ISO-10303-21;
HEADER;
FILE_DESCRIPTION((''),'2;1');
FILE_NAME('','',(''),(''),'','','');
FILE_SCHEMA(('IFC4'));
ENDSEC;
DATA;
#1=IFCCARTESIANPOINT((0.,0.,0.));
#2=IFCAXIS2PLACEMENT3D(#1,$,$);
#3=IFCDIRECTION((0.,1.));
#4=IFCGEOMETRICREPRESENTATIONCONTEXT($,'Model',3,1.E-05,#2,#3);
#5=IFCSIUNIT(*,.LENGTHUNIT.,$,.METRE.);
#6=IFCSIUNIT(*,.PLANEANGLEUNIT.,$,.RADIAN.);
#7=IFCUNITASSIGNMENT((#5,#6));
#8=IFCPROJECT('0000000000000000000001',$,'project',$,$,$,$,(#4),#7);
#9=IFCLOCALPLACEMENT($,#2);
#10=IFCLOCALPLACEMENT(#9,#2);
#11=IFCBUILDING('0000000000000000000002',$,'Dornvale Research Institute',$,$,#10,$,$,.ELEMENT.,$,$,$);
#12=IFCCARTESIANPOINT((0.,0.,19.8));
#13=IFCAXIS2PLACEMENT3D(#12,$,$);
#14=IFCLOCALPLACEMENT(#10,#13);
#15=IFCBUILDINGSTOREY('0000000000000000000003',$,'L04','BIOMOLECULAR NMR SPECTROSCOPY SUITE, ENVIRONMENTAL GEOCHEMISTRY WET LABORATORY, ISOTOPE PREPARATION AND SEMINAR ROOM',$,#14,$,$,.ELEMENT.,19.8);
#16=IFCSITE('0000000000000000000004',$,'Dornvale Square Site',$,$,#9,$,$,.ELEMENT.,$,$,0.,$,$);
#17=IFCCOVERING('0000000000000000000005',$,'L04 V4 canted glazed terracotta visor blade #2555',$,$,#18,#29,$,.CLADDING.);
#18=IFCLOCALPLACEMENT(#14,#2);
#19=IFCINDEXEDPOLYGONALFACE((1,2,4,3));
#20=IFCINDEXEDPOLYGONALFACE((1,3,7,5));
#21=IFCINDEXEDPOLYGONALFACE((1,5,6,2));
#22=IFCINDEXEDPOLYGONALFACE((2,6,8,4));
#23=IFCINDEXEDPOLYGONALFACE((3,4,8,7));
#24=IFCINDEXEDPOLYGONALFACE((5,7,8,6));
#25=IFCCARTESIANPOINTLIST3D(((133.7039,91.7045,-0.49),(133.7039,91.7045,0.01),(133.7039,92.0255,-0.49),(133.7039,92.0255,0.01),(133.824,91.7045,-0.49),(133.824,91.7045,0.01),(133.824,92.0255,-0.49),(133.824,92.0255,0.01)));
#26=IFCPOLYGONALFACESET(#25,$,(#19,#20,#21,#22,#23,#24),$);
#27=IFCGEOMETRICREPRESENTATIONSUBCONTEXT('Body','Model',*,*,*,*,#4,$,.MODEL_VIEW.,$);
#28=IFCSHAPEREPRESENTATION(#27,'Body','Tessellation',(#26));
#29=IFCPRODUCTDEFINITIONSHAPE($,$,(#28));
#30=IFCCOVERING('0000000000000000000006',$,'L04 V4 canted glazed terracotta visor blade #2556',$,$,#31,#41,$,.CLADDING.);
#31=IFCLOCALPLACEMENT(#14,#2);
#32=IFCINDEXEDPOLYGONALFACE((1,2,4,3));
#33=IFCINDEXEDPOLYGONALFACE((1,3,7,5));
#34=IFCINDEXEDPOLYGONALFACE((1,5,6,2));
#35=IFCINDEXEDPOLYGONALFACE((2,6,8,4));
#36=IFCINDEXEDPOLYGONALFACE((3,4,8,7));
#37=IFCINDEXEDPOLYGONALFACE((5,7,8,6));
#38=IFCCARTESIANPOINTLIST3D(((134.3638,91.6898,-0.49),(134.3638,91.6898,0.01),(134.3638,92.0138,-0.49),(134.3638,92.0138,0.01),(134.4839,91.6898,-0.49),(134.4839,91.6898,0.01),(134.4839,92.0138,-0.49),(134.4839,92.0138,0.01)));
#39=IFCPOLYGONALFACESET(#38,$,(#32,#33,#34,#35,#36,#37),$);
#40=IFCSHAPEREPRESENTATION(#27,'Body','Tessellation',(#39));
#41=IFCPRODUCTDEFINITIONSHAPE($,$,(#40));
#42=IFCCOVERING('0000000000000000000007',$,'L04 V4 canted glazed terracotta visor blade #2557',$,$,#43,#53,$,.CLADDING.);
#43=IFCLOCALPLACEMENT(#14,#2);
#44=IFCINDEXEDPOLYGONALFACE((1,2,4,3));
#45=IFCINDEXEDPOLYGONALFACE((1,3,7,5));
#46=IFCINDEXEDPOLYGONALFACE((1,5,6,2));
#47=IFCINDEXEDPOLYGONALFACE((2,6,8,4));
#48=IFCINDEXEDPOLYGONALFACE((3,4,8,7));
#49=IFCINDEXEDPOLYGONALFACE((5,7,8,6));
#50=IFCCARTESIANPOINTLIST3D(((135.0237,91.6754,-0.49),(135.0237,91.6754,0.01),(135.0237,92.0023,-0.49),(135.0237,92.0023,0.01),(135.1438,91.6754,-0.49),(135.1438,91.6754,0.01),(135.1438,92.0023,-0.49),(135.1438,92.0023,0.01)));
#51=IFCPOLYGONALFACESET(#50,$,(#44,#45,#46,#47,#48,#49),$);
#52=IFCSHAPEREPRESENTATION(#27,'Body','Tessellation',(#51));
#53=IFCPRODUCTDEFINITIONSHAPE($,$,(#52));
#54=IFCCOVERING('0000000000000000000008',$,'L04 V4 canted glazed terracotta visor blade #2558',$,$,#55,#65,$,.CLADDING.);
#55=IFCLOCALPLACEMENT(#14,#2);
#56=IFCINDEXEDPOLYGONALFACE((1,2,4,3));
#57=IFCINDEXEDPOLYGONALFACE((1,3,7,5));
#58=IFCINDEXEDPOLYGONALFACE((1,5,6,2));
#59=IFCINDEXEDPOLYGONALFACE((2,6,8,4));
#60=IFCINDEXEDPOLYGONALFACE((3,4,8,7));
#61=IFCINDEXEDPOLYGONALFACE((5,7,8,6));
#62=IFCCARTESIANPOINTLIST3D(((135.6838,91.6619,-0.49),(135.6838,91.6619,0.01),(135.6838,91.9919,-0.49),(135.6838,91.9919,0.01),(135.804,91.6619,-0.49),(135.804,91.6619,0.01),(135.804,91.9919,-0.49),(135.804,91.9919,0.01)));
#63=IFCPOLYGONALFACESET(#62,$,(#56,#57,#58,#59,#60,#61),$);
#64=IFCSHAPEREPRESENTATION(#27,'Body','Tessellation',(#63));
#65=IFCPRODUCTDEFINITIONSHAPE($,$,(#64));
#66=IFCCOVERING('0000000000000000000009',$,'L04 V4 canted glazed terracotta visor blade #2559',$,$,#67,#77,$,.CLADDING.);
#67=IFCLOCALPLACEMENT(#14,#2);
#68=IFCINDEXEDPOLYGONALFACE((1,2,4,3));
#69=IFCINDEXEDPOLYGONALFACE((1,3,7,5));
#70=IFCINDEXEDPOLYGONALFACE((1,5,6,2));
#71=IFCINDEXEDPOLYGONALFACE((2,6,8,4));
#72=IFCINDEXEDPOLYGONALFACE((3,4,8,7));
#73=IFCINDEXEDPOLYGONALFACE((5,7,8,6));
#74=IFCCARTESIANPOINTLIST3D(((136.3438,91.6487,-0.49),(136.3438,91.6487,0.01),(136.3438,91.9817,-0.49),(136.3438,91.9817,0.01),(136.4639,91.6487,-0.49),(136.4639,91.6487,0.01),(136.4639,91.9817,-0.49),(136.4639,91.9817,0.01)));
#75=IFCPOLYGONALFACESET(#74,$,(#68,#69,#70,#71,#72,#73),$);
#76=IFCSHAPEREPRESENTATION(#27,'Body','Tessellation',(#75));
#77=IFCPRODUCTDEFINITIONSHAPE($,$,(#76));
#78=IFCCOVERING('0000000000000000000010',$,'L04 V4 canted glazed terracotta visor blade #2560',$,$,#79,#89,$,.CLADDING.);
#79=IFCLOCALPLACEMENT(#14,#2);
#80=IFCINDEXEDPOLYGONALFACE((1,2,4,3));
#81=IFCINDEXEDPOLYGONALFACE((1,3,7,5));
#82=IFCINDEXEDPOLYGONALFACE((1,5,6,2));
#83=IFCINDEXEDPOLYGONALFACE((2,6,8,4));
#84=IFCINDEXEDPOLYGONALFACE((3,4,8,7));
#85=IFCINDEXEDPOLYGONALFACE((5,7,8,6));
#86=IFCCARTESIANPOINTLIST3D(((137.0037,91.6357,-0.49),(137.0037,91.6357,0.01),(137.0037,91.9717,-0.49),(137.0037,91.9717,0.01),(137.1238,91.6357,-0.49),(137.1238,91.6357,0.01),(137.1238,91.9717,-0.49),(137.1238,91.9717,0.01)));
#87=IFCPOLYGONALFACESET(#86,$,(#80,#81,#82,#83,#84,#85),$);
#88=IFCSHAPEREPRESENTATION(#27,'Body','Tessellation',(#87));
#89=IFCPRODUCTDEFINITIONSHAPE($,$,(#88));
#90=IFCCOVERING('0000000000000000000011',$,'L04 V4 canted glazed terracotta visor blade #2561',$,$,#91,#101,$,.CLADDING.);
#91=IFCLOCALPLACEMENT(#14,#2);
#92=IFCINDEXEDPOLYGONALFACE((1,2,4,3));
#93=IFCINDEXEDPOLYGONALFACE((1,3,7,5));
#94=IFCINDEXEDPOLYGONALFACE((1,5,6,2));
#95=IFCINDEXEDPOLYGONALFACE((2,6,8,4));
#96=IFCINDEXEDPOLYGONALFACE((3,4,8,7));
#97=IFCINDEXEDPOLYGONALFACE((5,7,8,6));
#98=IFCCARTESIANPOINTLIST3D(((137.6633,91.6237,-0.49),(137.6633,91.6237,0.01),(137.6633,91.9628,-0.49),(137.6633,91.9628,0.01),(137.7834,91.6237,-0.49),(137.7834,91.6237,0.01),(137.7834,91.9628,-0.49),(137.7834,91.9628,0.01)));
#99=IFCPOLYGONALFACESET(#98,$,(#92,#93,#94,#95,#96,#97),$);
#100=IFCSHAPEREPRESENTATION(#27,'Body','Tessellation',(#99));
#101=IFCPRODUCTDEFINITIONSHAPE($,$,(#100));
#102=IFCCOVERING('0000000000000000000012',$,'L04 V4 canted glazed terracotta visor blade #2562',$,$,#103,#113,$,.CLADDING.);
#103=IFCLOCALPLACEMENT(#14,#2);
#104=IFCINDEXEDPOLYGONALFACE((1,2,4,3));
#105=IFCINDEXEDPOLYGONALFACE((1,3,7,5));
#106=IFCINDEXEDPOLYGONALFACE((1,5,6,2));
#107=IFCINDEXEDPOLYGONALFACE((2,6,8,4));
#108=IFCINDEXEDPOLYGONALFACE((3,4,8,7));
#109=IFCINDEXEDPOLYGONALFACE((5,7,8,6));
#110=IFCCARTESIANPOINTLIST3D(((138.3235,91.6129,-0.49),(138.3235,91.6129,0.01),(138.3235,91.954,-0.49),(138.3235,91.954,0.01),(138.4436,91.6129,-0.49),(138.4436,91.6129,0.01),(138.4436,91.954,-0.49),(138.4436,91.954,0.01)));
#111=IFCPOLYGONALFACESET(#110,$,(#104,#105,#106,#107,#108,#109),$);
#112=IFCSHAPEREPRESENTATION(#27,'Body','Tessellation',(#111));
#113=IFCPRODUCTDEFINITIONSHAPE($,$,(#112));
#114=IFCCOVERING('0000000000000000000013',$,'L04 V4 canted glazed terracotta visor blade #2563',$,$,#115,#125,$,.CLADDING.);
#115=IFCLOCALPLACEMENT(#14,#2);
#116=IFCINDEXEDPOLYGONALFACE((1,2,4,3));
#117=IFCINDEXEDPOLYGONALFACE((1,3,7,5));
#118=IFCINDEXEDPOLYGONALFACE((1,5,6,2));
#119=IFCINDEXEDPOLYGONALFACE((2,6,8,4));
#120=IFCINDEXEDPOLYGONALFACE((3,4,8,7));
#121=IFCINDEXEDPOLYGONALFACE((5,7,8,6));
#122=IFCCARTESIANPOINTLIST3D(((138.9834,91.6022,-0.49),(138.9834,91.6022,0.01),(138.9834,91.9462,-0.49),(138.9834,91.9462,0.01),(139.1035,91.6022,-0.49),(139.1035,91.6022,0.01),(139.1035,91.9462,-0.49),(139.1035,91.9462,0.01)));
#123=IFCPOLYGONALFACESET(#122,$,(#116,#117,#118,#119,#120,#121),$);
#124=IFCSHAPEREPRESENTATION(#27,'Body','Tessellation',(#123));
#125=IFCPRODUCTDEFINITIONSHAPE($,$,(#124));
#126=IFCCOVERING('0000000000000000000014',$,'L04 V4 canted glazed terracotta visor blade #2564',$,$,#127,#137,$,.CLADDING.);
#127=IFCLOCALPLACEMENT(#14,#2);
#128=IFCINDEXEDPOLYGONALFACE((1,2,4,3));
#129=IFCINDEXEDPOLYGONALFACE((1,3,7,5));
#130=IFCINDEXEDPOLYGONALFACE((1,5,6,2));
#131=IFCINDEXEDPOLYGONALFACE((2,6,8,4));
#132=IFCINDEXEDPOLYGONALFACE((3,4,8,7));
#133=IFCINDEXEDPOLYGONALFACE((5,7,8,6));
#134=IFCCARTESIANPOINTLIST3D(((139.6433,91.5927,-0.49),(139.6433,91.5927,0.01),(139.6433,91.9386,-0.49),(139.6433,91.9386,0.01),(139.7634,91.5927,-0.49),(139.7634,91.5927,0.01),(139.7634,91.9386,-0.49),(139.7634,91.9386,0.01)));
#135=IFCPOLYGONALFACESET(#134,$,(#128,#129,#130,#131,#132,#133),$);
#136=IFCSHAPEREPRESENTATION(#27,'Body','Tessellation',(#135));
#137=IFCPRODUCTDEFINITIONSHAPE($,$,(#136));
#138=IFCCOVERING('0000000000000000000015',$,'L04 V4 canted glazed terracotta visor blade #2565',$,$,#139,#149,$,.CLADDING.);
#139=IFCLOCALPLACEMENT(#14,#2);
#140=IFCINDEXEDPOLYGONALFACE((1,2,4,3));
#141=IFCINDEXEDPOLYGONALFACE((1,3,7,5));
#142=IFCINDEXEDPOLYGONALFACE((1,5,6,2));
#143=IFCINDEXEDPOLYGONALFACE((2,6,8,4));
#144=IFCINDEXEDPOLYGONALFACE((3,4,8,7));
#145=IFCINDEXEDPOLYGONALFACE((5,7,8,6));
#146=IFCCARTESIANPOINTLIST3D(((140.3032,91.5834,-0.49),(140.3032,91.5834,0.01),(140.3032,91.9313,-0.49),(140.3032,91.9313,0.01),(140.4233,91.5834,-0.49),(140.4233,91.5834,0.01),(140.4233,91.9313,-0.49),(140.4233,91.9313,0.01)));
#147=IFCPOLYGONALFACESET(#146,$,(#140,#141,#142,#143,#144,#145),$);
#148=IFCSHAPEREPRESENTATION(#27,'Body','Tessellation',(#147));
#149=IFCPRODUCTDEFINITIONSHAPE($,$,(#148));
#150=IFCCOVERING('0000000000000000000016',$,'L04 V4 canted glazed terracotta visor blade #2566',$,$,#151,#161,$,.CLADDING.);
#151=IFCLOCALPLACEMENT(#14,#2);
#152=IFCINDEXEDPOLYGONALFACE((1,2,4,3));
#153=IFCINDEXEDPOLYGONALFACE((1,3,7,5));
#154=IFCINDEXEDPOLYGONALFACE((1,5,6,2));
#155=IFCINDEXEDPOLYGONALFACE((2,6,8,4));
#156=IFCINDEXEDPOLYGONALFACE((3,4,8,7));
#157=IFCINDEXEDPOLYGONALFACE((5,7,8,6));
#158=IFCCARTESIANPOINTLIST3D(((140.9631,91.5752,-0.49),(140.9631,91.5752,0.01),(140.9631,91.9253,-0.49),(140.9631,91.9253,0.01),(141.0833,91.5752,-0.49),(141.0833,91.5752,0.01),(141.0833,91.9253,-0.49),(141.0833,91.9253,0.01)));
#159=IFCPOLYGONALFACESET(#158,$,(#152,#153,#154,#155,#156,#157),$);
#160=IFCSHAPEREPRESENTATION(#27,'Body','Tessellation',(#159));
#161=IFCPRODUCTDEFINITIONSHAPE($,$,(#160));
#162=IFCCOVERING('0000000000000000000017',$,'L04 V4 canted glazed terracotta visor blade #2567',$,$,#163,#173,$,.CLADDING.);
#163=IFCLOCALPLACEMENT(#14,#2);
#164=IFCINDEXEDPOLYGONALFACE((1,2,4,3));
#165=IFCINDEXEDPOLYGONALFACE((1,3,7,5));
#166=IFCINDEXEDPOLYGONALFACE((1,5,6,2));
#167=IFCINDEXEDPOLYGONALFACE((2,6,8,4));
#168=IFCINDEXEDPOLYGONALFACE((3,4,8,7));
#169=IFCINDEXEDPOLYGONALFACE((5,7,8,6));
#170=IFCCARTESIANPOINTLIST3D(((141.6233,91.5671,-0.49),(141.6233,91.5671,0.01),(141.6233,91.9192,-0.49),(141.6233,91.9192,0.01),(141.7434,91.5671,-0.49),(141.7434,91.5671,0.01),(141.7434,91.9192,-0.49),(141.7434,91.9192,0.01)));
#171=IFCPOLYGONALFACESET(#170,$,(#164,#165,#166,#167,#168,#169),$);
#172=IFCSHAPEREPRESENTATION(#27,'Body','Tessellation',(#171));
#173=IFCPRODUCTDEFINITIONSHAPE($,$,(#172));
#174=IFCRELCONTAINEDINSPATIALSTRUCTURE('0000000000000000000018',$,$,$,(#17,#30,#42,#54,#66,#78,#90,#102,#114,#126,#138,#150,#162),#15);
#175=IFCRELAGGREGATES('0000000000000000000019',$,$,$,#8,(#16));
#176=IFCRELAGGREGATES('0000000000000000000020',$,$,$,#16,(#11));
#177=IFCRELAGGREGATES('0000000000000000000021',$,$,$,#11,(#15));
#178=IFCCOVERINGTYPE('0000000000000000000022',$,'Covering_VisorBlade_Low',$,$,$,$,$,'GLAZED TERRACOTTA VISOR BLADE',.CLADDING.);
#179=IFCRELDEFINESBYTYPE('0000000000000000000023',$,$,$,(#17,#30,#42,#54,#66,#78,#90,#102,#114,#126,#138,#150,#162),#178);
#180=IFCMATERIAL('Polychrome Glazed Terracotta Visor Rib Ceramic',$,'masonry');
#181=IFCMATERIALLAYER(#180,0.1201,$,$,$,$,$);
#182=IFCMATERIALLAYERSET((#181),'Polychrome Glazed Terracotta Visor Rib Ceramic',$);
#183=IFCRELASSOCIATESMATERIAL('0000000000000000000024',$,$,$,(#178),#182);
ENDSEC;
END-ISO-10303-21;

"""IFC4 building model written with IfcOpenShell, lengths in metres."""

from ifc_helpers import new_model, si_unit, direction, frame, origin, origin_2d, place, context, subcontext, project, spatial, rectangle, extrude, material, layer, layer_set, type_object, element, save


model = new_model("IFC4")

# Units and contexts
model_context = context("Model", 3, precision=1e-05, world=origin(), true_north=direction((0.0, 1.0)))
body_context = subcontext(model_context, "Body", "Model", "MODEL_VIEW")
ifc_project = project(units=[si_unit("LENGTHUNIT", "METRE"), si_unit("PLANEANGLEUNIT", "RADIAN")], contexts=[model_context])

# Site, building, storey
site_placement = place(None, origin())
site = spatial("IfcSite", under=ifc_project, at=site_placement, Name="Dornvale Square Site", CompositionType="ELEMENT", RefElevation=0.0)
building_placement = place(site_placement, origin())
building = spatial("IfcBuilding", under=site, at=building_placement, Name="Dornvale Research Institute", CompositionType="ELEMENT")
storey_placement = place(building_placement, frame((0.0, 0.0, 19.8)))
storey = spatial("IfcBuildingStorey", under=building, at=storey_placement, Name="L04", Description="BIOMOLECULAR NMR SPECTROSCOPY SUITE, ENVIRONMENTAL GEOCHEMISTRY WET LABORATORY, ISOTOPE PREPARATION AND SEMINAR ROOM", CompositionType="ELEMENT", Elevation=19.8)

# Coverings
ifc_material = material(Name="Polychrome Glazed Terracotta Visor Rib Ceramic", Category="masonry")
ifc_layer = layer(ifc_material, 0.1201)
ifc_layer_set = layer_set([ifc_layer], Name="Polychrome Glazed Terracotta Visor Rib Ceramic")
covering_type = type_object("IfcCoveringType", Name="Covering_VisorBlade_Low", ElementType="GLAZED TERRACOTTA VISOR BLADE", PredefinedType="CLADDING", material=ifc_layer_set)
covering_1_placement = place(storey_placement, frame((133.7639, 91.865, -0.49), z_axis=(0.0, 0.0, 1.0), x_axis=(0.0, 1.0, 0.0)))
element("IfcCovering", 1, at=covering_1_placement, inside=storey, type_object=covering_type, Name="L04 V4 canted glazed terracotta visor blade #2555", PredefinedType="CLADDING", context=body_context, shape_type="SweptSolid", body=[
    extrude(rectangle(XDim=0.321, YDim=0.1201, at=origin_2d()), origin(), (0.0, 0.0, 1.0), 0.5),
])
covering_2_placement = place(storey_placement, frame((134.4238, 91.8518, -0.49), z_axis=(0.0, 0.0, 1.0), x_axis=(0.0, 1.0, 0.0)))
element("IfcCovering", 2, at=covering_2_placement, inside=storey, type_object=covering_type, Name="L04 V4 canted glazed terracotta visor blade #2556", PredefinedType="CLADDING", context=body_context, shape_type="SweptSolid", body=[
    extrude(rectangle(XDim=0.324, YDim=0.1201, at=origin_2d()), origin(), (0.0, 0.0, 1.0), 0.5),
])
covering_3_placement = place(storey_placement, frame((135.0837, 91.8389, -0.49), z_axis=(0.0, 0.0, 1.0), x_axis=(0.0, 1.0, 0.0)))
element("IfcCovering", 3, at=covering_3_placement, inside=storey, type_object=covering_type, Name="L04 V4 canted glazed terracotta visor blade #2557", PredefinedType="CLADDING", context=body_context, shape_type="SweptSolid", body=[
    extrude(rectangle(XDim=0.3269, YDim=0.1201, at=origin_2d()), origin(), (0.0, 0.0, 1.0), 0.5),
])
covering_4_placement = place(storey_placement, frame((135.7439, 91.8269, -0.49), z_axis=(0.0, 0.0, 1.0), x_axis=(0.0, 1.0, 0.0)))
element("IfcCovering", 4, at=covering_4_placement, inside=storey, type_object=covering_type, Name="L04 V4 canted glazed terracotta visor blade #2558", PredefinedType="CLADDING", context=body_context, shape_type="SweptSolid", body=[
    extrude(rectangle(XDim=0.3301, YDim=0.1201, at=origin_2d()), origin(), (0.0, 0.0, 1.0), 0.5),
])
covering_5_placement = place(storey_placement, frame((136.4038, 91.8152, -0.49), z_axis=(0.0, 0.0, 1.0), x_axis=(0.0, 1.0, 0.0)))
element("IfcCovering", 5, at=covering_5_placement, inside=storey, type_object=covering_type, Name="L04 V4 canted glazed terracotta visor blade #2559", PredefinedType="CLADDING", context=body_context, shape_type="SweptSolid", body=[
    extrude(rectangle(XDim=0.333, YDim=0.1201, at=origin_2d()), origin(), (0.0, 0.0, 1.0), 0.5),
])
covering_6_placement = place(storey_placement, frame((137.0637, 91.8037, -0.49), z_axis=(0.0, 0.0, 1.0), x_axis=(0.0, 1.0, 0.0)))
element("IfcCovering", 6, at=covering_6_placement, inside=storey, type_object=covering_type, Name="L04 V4 canted glazed terracotta visor blade #2560", PredefinedType="CLADDING", context=body_context, shape_type="SweptSolid", body=[
    extrude(rectangle(XDim=0.3359, YDim=0.1201, at=origin_2d()), origin(), (0.0, 0.0, 1.0), 0.5),
])
covering_7_placement = place(storey_placement, frame((137.7234, 91.7932, -0.49), z_axis=(0.0, 0.0, 1.0), x_axis=(0.0, 1.0, 0.0)))
element("IfcCovering", 7, at=covering_7_placement, inside=storey, type_object=covering_type, Name="L04 V4 canted glazed terracotta visor blade #2561", PredefinedType="CLADDING", context=body_context, shape_type="SweptSolid", body=[
    extrude(rectangle(XDim=0.3391, YDim=0.1201, at=origin_2d()), origin(), (0.0, 0.0, 1.0), 0.5),
])
covering_8_placement = place(storey_placement, frame((138.3835, 91.7834, -0.49), z_axis=(0.0, 0.0, 1.0), x_axis=(0.0, 1.0, 0.0)))
element("IfcCovering", 8, at=covering_8_placement, inside=storey, type_object=covering_type, Name="L04 V4 canted glazed terracotta visor blade #2562", PredefinedType="CLADDING", context=body_context, shape_type="SweptSolid", body=[
    extrude(rectangle(XDim=0.3411, YDim=0.1201, at=origin_2d()), origin(), (0.0, 0.0, 1.0), 0.5),
])
covering_9_placement = place(storey_placement, frame((139.0435, 91.7742, -0.49), z_axis=(0.0, 0.0, 1.0), x_axis=(0.0, 1.0, 0.0)))
element("IfcCovering", 9, at=covering_9_placement, inside=storey, type_object=covering_type, Name="L04 V4 canted glazed terracotta visor blade #2563", PredefinedType="CLADDING", context=body_context, shape_type="SweptSolid", body=[
    extrude(rectangle(XDim=0.344, YDim=0.1201, at=origin_2d()), origin(), (0.0, 0.0, 1.0), 0.5),
])
covering_10_placement = place(storey_placement, frame((139.7034, 91.7656, -0.49), z_axis=(0.0, 0.0, 1.0), x_axis=(0.0, 1.0, 0.0)))
element("IfcCovering", 10, at=covering_10_placement, inside=storey, type_object=covering_type, Name="L04 V4 canted glazed terracotta visor blade #2564", PredefinedType="CLADDING", context=body_context, shape_type="SweptSolid", body=[
    extrude(rectangle(XDim=0.3459, YDim=0.1201, at=origin_2d()), origin(), (0.0, 0.0, 1.0), 0.5),
])
covering_11_placement = place(storey_placement, frame((140.3633, 91.7573, -0.49), z_axis=(0.0, 0.0, 1.0), x_axis=(0.0, 1.0, 0.0)))
element("IfcCovering", 11, at=covering_11_placement, inside=storey, type_object=covering_type, Name="L04 V4 canted glazed terracotta visor blade #2565", PredefinedType="CLADDING", context=body_context, shape_type="SweptSolid", body=[
    extrude(rectangle(XDim=0.3479, YDim=0.1201, at=origin_2d()), origin(), (0.0, 0.0, 1.0), 0.5),
])
covering_12_placement = place(storey_placement, frame((141.0232, 91.7502, -0.49), z_axis=(0.0, 0.0, 1.0), x_axis=(0.0, 1.0, 0.0)))
element("IfcCovering", 12, at=covering_12_placement, inside=storey, type_object=covering_type, Name="L04 V4 canted glazed terracotta visor blade #2566", PredefinedType="CLADDING", context=body_context, shape_type="SweptSolid", body=[
    extrude(rectangle(XDim=0.3501, YDim=0.1201, at=origin_2d()), origin(), (0.0, 0.0, 1.0), 0.5),
])
covering_13_placement = place(storey_placement, frame((141.6833, 91.7432, -0.49), z_axis=(0.0, 0.0, 1.0), x_axis=(0.0, 1.0, 0.0)))
element("IfcCovering", 13, at=covering_13_placement, inside=storey, type_object=covering_type, Name="L04 V4 canted glazed terracotta visor blade #2567", PredefinedType="CLADDING", context=body_context, shape_type="SweptSolid", body=[
    extrude(rectangle(XDim=0.3521, YDim=0.1201, at=origin_2d()), origin(), (0.0, 0.0, 1.0), 0.5),
])

save(model, "model.ifc")
